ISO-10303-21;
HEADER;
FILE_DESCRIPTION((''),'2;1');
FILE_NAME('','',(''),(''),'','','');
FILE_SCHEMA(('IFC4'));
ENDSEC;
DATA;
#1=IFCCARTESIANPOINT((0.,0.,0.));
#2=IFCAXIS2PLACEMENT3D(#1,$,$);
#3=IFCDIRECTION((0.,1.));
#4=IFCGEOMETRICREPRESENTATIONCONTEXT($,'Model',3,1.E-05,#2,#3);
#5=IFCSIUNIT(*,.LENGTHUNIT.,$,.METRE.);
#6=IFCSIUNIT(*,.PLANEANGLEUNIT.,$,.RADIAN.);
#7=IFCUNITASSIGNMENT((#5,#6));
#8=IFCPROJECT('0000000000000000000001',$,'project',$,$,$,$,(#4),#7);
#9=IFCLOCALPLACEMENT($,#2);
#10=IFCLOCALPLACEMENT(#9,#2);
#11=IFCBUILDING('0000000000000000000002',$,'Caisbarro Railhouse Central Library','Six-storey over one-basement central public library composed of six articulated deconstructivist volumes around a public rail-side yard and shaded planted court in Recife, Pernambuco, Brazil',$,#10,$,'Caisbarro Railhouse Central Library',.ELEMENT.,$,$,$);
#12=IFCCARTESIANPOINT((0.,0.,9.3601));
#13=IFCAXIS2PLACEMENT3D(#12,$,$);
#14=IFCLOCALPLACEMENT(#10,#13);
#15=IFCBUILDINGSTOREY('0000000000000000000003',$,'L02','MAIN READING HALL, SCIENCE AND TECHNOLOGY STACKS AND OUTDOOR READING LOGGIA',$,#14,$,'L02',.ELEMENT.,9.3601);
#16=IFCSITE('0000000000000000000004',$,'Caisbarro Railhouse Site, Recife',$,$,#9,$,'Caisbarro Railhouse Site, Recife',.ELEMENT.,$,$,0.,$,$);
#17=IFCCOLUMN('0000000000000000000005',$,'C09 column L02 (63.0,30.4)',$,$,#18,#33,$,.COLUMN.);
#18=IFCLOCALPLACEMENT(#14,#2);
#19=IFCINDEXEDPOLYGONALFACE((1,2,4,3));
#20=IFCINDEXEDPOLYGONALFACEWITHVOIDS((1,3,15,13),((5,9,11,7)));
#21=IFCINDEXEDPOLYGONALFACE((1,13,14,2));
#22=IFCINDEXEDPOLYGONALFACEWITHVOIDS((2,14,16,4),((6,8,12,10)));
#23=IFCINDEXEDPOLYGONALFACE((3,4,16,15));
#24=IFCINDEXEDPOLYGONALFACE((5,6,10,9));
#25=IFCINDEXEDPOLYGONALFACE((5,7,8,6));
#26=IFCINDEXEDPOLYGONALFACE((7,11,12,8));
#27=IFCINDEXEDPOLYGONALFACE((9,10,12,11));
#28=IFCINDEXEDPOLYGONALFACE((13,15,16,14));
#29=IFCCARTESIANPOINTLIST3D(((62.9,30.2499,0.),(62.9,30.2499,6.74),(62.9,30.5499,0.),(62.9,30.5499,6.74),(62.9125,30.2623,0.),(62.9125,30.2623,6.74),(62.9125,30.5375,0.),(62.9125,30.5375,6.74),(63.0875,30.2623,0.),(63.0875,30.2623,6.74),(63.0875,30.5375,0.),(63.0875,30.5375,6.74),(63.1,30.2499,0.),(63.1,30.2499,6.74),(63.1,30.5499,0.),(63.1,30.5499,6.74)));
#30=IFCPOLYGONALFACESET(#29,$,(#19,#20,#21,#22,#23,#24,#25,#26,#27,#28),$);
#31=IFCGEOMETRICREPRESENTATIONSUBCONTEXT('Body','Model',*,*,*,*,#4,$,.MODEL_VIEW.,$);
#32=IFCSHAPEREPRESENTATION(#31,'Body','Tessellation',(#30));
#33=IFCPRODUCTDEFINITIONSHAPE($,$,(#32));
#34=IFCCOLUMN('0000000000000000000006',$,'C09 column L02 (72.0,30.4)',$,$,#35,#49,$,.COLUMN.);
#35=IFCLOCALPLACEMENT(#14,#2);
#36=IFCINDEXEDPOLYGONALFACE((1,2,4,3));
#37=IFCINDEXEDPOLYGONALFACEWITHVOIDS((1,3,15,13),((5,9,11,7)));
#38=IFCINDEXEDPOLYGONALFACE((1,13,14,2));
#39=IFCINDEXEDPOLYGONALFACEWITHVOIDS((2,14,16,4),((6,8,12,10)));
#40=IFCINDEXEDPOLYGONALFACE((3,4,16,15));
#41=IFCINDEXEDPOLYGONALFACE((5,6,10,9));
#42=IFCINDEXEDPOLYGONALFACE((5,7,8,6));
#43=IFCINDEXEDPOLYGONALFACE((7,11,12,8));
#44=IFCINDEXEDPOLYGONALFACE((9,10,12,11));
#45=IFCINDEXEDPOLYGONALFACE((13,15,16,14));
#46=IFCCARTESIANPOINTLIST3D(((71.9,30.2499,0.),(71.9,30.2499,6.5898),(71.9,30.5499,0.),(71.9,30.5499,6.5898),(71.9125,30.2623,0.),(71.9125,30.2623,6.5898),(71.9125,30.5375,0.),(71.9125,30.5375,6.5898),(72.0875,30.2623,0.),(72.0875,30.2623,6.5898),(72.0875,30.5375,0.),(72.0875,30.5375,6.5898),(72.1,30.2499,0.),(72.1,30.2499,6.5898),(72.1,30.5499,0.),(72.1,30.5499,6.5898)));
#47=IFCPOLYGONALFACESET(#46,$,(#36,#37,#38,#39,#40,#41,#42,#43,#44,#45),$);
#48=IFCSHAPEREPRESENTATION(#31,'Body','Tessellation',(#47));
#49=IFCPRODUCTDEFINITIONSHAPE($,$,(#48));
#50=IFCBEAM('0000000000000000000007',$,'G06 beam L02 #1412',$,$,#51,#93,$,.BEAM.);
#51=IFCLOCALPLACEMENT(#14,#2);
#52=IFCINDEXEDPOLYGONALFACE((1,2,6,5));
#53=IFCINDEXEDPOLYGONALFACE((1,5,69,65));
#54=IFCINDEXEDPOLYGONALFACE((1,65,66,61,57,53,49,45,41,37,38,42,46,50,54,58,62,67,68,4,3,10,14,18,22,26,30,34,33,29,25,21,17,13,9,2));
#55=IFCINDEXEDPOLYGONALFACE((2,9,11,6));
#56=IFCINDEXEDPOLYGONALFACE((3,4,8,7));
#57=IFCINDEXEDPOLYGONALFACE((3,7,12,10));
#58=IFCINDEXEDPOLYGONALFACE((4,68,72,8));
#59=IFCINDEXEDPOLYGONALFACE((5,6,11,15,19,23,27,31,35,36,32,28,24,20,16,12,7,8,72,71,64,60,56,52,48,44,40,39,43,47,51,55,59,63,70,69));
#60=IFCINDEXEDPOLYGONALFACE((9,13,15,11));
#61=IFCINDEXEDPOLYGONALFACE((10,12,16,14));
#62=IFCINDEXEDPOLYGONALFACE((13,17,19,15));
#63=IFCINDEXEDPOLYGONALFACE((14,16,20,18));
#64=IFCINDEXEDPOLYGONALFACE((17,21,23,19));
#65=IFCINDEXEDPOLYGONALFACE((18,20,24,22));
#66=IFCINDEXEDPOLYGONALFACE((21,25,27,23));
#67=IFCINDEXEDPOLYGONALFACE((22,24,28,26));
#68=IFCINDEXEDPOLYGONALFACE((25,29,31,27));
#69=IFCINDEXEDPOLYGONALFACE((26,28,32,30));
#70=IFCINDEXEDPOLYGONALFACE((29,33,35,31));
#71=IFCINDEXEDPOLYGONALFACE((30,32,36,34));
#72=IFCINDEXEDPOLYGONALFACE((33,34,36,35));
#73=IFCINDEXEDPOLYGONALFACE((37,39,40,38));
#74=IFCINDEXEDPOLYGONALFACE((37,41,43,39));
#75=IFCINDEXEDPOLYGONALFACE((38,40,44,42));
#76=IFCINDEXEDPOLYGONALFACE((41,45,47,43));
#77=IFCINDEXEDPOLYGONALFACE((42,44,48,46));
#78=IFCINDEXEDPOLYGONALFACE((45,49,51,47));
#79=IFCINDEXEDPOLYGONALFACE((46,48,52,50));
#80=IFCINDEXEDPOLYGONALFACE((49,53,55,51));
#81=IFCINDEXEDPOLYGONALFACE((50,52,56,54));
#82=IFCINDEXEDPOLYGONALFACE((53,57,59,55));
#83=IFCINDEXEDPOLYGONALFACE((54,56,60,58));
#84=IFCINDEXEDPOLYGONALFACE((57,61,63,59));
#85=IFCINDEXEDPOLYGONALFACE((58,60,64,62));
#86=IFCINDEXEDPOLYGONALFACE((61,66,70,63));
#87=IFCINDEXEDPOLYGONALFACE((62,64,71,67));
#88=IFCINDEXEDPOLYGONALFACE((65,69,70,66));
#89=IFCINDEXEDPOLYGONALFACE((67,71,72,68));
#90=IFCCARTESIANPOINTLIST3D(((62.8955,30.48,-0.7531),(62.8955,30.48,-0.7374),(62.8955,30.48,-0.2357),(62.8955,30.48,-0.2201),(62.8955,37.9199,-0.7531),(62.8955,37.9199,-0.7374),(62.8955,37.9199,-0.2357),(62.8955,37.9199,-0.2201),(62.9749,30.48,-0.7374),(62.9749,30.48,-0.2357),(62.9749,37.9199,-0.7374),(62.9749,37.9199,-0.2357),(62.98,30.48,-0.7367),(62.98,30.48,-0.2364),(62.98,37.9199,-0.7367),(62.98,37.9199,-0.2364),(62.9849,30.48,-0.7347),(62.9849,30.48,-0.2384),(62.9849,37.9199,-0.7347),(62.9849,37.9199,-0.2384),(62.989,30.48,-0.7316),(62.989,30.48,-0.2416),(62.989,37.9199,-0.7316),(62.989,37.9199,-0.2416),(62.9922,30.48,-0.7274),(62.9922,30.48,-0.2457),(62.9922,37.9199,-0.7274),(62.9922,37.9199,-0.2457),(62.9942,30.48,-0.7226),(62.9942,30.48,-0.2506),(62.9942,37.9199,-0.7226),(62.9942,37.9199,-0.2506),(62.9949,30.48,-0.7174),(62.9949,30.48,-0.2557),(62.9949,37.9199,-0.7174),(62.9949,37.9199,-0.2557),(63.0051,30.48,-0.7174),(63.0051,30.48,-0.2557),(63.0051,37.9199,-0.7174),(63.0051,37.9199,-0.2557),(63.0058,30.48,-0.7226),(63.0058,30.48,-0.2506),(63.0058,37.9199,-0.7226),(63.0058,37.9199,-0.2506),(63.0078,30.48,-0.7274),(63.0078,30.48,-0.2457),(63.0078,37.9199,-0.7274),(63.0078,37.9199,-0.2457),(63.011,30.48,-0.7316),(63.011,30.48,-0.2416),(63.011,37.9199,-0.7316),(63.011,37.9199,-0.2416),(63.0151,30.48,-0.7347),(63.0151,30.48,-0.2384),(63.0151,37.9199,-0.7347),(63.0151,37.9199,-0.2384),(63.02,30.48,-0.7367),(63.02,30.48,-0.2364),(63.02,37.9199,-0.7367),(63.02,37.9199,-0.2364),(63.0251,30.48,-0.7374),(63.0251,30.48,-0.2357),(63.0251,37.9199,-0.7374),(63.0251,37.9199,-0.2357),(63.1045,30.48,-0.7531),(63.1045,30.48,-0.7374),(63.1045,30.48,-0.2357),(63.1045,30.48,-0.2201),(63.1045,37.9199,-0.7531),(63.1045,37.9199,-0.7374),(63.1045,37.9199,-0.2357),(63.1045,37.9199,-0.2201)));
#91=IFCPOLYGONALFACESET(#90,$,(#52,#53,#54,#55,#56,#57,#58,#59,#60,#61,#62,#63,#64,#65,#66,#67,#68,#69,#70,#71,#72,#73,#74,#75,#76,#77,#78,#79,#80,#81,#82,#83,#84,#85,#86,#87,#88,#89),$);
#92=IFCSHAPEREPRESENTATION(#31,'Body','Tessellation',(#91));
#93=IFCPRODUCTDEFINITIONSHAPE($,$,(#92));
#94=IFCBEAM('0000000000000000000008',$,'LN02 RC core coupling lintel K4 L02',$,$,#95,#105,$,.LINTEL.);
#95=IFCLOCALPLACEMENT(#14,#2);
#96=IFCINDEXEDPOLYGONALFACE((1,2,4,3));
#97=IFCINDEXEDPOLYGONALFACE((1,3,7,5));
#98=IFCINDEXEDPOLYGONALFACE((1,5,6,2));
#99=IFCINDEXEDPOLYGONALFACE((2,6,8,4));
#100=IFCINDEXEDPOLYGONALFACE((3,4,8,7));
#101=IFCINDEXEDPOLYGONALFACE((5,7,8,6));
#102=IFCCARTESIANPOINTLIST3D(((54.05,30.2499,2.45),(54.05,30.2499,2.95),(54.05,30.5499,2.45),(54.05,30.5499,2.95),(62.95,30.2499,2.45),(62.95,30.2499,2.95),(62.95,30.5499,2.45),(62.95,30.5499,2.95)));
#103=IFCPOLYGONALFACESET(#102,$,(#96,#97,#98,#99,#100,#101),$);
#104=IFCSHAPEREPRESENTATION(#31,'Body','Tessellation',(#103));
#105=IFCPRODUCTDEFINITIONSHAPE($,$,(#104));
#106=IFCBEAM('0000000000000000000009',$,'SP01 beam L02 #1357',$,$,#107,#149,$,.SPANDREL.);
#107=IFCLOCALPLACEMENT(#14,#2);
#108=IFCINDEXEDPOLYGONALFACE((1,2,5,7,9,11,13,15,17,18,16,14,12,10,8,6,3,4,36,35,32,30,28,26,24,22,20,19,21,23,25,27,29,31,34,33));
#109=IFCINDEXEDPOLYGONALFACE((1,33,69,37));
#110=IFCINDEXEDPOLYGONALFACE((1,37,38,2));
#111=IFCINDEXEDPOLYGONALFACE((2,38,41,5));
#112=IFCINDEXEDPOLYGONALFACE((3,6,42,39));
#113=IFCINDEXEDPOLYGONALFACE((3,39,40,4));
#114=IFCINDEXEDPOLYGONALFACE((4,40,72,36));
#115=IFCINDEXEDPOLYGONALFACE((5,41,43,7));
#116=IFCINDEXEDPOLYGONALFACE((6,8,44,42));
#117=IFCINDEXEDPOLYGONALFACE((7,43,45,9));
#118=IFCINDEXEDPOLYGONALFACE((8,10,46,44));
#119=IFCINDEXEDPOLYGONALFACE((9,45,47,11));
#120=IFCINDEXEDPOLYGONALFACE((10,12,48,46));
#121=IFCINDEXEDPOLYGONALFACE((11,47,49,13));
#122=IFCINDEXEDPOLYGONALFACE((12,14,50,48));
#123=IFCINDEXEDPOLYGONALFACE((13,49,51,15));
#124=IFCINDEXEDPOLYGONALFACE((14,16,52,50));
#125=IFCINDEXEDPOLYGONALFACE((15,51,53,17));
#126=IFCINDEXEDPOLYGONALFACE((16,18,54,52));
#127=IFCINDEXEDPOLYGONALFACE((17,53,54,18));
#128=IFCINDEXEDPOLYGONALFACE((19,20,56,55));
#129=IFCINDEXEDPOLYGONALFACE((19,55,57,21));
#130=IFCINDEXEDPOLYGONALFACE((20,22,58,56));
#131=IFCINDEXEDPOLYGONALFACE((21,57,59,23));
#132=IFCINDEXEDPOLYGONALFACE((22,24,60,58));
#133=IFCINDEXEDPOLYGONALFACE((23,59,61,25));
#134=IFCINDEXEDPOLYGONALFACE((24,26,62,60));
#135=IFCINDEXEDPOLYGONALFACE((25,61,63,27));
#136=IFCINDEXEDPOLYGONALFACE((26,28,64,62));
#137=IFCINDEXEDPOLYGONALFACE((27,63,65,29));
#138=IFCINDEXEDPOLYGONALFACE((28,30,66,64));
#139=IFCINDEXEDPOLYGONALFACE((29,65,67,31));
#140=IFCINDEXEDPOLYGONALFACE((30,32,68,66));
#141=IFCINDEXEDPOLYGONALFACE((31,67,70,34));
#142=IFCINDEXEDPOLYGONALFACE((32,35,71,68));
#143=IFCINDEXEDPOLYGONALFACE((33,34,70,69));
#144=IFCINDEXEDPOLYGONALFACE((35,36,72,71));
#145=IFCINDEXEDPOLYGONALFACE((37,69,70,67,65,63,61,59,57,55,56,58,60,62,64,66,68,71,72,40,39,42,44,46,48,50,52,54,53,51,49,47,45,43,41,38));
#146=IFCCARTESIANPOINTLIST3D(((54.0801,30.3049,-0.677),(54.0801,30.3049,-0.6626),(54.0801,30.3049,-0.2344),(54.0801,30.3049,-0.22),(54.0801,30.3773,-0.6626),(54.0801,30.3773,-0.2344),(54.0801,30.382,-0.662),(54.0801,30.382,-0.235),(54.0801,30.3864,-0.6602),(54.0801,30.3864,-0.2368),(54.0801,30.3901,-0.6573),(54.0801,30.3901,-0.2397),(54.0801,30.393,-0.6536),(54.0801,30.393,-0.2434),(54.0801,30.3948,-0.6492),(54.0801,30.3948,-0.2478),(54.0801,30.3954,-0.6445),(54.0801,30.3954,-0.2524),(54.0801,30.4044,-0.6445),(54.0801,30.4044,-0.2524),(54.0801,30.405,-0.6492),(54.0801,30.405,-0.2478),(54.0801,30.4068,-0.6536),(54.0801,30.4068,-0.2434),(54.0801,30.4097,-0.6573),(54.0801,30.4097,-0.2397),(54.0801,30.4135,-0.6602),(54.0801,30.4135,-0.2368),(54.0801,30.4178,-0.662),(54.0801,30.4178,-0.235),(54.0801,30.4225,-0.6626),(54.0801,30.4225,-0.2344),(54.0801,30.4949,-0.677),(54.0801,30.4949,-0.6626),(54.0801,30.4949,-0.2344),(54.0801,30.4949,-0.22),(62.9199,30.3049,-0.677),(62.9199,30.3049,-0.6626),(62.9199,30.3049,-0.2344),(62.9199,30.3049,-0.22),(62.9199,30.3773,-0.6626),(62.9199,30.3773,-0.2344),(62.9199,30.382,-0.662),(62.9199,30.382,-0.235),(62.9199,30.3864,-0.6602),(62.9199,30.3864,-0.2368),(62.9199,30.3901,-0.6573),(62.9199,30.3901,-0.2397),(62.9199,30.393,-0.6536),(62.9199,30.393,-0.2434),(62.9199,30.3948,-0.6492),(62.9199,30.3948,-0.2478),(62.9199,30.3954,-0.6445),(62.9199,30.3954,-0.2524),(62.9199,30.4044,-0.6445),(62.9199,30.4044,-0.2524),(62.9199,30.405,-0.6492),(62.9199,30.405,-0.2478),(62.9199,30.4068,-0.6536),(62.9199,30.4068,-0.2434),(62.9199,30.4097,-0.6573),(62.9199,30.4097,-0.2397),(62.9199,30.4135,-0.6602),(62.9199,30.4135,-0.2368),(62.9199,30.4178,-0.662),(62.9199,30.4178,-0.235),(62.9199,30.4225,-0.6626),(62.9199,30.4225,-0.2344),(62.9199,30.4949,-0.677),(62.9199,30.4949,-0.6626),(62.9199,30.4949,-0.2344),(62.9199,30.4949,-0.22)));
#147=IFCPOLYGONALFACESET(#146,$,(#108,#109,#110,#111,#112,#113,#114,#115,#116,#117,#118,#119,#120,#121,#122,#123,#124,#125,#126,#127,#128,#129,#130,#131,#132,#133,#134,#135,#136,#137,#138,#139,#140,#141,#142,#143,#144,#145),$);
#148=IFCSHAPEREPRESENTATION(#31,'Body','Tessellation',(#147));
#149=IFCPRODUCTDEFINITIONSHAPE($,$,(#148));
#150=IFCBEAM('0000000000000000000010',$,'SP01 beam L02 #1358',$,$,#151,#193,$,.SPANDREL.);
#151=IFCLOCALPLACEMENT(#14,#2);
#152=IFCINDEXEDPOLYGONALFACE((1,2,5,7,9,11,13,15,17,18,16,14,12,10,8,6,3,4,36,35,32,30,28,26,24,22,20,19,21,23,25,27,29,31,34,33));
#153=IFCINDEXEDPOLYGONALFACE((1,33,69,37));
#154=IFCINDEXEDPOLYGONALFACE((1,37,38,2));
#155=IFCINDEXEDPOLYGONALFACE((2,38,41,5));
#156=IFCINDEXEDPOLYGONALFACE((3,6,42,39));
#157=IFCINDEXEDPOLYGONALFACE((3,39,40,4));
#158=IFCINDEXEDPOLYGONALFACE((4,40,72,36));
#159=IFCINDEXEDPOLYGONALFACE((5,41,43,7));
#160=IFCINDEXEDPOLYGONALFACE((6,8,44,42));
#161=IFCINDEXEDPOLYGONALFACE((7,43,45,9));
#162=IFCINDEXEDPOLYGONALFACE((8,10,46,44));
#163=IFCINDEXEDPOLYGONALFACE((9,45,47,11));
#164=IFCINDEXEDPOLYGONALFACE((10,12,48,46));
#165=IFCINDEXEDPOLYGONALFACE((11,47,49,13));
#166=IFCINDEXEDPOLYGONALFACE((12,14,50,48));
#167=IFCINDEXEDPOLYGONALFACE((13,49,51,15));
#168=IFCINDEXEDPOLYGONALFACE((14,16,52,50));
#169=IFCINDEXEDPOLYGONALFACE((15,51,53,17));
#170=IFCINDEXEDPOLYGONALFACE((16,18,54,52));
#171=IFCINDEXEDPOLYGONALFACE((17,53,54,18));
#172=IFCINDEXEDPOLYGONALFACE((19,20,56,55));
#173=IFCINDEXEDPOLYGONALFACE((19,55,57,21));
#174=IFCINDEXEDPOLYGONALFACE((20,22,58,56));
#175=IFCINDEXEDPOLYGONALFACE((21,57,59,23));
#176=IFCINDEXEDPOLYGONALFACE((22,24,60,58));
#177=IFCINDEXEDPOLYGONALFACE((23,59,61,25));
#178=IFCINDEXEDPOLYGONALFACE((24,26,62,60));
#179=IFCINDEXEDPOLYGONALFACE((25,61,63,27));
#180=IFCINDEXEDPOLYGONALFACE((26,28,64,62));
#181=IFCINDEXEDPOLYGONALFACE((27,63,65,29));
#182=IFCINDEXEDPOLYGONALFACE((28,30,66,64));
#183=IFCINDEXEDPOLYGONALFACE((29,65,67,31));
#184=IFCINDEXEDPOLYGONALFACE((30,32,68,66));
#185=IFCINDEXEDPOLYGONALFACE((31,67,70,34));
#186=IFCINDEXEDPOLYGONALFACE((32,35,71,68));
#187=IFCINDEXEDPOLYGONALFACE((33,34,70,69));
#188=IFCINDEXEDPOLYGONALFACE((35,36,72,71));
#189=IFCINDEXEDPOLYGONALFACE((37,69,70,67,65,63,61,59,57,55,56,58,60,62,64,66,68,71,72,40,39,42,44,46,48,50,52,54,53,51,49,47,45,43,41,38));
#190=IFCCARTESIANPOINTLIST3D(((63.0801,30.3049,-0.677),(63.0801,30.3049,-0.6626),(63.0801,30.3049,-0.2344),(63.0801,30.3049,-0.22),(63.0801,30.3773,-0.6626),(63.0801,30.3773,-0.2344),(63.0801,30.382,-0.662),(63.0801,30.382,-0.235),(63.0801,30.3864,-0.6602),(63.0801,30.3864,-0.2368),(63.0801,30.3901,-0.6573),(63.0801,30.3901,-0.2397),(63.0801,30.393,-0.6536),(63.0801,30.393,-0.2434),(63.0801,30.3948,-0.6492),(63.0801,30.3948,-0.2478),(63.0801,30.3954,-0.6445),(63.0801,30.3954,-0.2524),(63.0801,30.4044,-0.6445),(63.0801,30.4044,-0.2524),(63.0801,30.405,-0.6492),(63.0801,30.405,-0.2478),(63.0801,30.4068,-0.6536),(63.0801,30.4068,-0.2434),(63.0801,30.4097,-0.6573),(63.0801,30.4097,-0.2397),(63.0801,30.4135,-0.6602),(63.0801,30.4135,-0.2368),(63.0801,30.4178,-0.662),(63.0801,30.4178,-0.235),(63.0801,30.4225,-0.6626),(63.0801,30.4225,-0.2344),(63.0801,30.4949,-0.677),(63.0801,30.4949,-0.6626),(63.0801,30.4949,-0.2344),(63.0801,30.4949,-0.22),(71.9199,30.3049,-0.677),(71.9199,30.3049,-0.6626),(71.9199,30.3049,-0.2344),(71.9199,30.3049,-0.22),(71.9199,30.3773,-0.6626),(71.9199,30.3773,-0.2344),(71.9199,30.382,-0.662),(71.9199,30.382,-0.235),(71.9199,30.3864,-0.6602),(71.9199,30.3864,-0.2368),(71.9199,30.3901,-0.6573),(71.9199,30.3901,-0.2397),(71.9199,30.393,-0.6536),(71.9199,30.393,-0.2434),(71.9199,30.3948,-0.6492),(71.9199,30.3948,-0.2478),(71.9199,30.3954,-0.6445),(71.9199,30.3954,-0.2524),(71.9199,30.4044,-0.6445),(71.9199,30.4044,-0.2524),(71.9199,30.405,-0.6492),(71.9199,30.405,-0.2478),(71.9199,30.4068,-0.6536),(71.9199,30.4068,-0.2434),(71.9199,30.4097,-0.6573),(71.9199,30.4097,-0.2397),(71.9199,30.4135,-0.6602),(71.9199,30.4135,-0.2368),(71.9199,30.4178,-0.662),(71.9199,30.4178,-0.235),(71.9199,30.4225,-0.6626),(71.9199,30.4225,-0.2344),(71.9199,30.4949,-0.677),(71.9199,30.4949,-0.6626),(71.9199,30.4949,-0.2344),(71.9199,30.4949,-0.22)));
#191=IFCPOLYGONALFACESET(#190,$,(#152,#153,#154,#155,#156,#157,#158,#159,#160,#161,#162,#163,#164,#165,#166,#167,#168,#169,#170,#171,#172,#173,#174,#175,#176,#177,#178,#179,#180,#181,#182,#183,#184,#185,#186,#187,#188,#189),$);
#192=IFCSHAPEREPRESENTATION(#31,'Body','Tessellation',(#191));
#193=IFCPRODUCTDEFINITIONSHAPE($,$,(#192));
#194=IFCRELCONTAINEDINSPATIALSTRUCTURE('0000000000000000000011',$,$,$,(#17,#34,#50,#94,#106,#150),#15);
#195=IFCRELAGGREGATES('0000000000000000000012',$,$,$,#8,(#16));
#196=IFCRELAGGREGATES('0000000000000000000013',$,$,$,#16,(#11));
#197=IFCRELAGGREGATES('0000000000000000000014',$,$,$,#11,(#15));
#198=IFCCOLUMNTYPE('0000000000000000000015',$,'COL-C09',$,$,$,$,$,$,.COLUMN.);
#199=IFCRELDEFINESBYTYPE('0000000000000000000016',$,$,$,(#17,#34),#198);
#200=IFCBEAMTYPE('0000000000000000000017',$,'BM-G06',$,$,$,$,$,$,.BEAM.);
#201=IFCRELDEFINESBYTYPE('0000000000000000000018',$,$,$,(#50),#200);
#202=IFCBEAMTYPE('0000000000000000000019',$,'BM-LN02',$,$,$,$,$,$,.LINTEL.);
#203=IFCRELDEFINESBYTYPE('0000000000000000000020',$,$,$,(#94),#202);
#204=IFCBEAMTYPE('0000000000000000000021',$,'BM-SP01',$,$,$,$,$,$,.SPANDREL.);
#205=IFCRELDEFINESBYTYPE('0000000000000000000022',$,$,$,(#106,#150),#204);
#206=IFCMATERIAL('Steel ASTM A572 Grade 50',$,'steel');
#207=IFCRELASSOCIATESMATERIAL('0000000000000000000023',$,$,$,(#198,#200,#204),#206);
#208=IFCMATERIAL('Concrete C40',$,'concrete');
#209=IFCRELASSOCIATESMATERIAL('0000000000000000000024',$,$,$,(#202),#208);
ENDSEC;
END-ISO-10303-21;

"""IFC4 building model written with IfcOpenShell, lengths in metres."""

from ifc_helpers import new_model, si_unit, direction, frame, origin, origin_2d, place, context, subcontext, project, spatial, rectangle, hollow_rectangle, i_section, extrude, material, material_profile, profile_set, type_object, element, save


model = new_model("IFC4")

# Units and contexts
model_context = context("Model", 3, precision=1e-05, world=origin(), true_north=direction((0.0, 1.0)))
body_context = subcontext(model_context, "Body", "Model", "MODEL_VIEW")
ifc_project = project(units=[si_unit("LENGTHUNIT", "METRE"), si_unit("PLANEANGLEUNIT", "RADIAN")], contexts=[model_context])

# Site, building, storey
site_placement = place(None, origin())
site = spatial("IfcSite", under=ifc_project, at=site_placement, Name="Caisbarro Railhouse Site, Recife", LongName="Caisbarro Railhouse Site, Recife", CompositionType="ELEMENT", RefElevation=0.0)
building_placement = place(site_placement, origin())
building = spatial("IfcBuilding", under=site, at=building_placement, Name="Caisbarro Railhouse Central Library", Description="Six-storey over one-basement central public library composed of six articulated deconstructivist volumes around a public rail-side yard and shaded planted court in Recife, Pernambuco, Brazil", LongName="Caisbarro Railhouse Central Library", CompositionType="ELEMENT")
storey_placement = place(building_placement, frame((0.0, 0.0, 9.3601)))
storey = spatial("IfcBuildingStorey", under=building, at=storey_placement, Name="L02", Description="MAIN READING HALL, SCIENCE AND TECHNOLOGY STACKS AND OUTDOOR READING LOGGIA", LongName="L02", CompositionType="ELEMENT", Elevation=9.3601)

# Columns
ifc_material_1 = material(Name="Steel ASTM A572 Grade 50", Category="steel")
ifc_material_profile_1 = material_profile(ifc_material_1, hollow_rectangle(XDim=0.2, YDim=0.3, WallThickness=0.0125, at=origin_2d()), Name="HSS300X200X12.5")
ifc_profile_set_1 = profile_set([ifc_material_profile_1], Name="Steel ASTM A572 Grade 50")
column_type = type_object("IfcColumnType", Name="COL-C09", PredefinedType="COLUMN", material=ifc_profile_set_1)
column_1_placement = place(storey_placement, frame((63.0, 30.3999, 0.0), z_axis=(0.0, 0.0, 1.0), x_axis=(1.0, 0.0, 0.0)))
element("IfcColumn", 1, at=column_1_placement, inside=storey, type_object=column_type, Name="C09 column L02 (63.0,30.4)", PredefinedType="COLUMN", context=body_context, shape_type="SweptSolid", body=[
    extrude(hollow_rectangle(XDim=0.2, YDim=0.3, WallThickness=0.0125, at=origin_2d()), origin(), (0.0, 0.0, 1.0), 6.74),
])
column_2_placement = place(storey_placement, frame((72.0, 30.3999, 0.0), z_axis=(0.0, 0.0, 1.0), x_axis=(1.0, 0.0, 0.0)))
element("IfcColumn", 2, at=column_2_placement, inside=storey, type_object=column_type, Name="C09 column L02 (72.0,30.4)", PredefinedType="COLUMN", context=body_context, shape_type="SweptSolid", body=[
    extrude(hollow_rectangle(XDim=0.2, YDim=0.3, WallThickness=0.0125, at=origin_2d()), origin(), (0.0, 0.0, 1.0), 6.5898),
])

# Beams
ifc_material_profile_2 = material_profile(ifc_material_1, i_section(OverallWidth=0.209, OverallDepth=0.533, WebThickness=0.0103, FlangeThickness=0.0156, FilletRadius=0.02, at=origin_2d()), Name="W530X92.0")
ifc_profile_set_2 = profile_set([ifc_material_profile_2], Name="Steel ASTM A572 Grade 50")
beam_type_1 = type_object("IfcBeamType", Name="BM-G06", PredefinedType="BEAM", material=ifc_profile_set_2)
beam_1_placement = place(storey_placement, frame((63.0, 30.48, -0.4866), z_axis=(0.0, 1.0, 0.0), x_axis=(-1.0, 0.0, 0.0)))
element("IfcBeam", 3, at=beam_1_placement, inside=storey, type_object=beam_type_1, Name="G06 beam L02 #1412", PredefinedType="BEAM", context=body_context, shape_type="SweptSolid", body=[
    extrude(i_section(OverallWidth=0.209, OverallDepth=0.533, WebThickness=0.0103, FlangeThickness=0.0156, FilletRadius=0.02, at=origin_2d()), origin(), (0.0, 0.0, 1.0), 7.4399),
])
ifc_material_2 = material(Name="Concrete C40", Category="concrete")
ifc_material_profile_3 = material_profile(ifc_material_2, rectangle(XDim=0.3, YDim=0.5, at=origin_2d()), Name="RC-LIN-300X500")
ifc_profile_set_3 = profile_set([ifc_material_profile_3], Name="Concrete C40")
beam_type_2 = type_object("IfcBeamType", Name="BM-LN02", PredefinedType="LINTEL", material=ifc_profile_set_3)
beam_2_placement = place(storey_placement, frame((54.05, 30.3999, 2.7), z_axis=(1.0, 0.0, 0.0), x_axis=(0.0, 1.0, 0.0)))
element("IfcBeam", 4, at=beam_2_placement, inside=storey, type_object=beam_type_2, Name="LN02 RC core coupling lintel K4 L02", PredefinedType="LINTEL", context=body_context, shape_type="SweptSolid", body=[
    extrude(rectangle(XDim=0.3, YDim=0.5, at=origin_2d()), origin(), (0.0, 0.0, 1.0), 8.8999),
])
ifc_material_profile_4 = material_profile(ifc_material_1, i_section(OverallWidth=0.1899, OverallDepth=0.457, WebThickness=0.009, FlangeThickness=0.0144, FilletRadius=0.0181, at=origin_2d()), Name="W460X74.0")
ifc_profile_set_4 = profile_set([ifc_material_profile_4], Name="Steel ASTM A572 Grade 50")
beam_type_3 = type_object("IfcBeamType", Name="BM-SP01", PredefinedType="SPANDREL", material=ifc_profile_set_4)
for number, where, z_axis, x_axis, name in (
    (5, (54.0801, 30.3999, -0.4485), (1.0, 0.0, 0.0), (0.0, 1.0, 0.0), "SP01 beam L02 #1357"),
    (6, (63.0801, 30.3999, -0.4485), (1.0, 0.0, 0.0), (0.0, 1.0, 0.0), "SP01 beam L02 #1358"),
):
    element("IfcBeam", number, at=place(storey_placement, frame(where, z_axis=z_axis, x_axis=x_axis)), inside=storey, type_object=beam_type_3, Name=name, PredefinedType="SPANDREL", context=body_context, shape_type="SweptSolid", body=[
        extrude(i_section(OverallWidth=0.1899, OverallDepth=0.457, WebThickness=0.009, FlangeThickness=0.0144, FilletRadius=0.0181, at=origin_2d()), origin(), (0.0, 0.0, 1.0), 8.8398),
    ])

save(model, "model.ifc")
